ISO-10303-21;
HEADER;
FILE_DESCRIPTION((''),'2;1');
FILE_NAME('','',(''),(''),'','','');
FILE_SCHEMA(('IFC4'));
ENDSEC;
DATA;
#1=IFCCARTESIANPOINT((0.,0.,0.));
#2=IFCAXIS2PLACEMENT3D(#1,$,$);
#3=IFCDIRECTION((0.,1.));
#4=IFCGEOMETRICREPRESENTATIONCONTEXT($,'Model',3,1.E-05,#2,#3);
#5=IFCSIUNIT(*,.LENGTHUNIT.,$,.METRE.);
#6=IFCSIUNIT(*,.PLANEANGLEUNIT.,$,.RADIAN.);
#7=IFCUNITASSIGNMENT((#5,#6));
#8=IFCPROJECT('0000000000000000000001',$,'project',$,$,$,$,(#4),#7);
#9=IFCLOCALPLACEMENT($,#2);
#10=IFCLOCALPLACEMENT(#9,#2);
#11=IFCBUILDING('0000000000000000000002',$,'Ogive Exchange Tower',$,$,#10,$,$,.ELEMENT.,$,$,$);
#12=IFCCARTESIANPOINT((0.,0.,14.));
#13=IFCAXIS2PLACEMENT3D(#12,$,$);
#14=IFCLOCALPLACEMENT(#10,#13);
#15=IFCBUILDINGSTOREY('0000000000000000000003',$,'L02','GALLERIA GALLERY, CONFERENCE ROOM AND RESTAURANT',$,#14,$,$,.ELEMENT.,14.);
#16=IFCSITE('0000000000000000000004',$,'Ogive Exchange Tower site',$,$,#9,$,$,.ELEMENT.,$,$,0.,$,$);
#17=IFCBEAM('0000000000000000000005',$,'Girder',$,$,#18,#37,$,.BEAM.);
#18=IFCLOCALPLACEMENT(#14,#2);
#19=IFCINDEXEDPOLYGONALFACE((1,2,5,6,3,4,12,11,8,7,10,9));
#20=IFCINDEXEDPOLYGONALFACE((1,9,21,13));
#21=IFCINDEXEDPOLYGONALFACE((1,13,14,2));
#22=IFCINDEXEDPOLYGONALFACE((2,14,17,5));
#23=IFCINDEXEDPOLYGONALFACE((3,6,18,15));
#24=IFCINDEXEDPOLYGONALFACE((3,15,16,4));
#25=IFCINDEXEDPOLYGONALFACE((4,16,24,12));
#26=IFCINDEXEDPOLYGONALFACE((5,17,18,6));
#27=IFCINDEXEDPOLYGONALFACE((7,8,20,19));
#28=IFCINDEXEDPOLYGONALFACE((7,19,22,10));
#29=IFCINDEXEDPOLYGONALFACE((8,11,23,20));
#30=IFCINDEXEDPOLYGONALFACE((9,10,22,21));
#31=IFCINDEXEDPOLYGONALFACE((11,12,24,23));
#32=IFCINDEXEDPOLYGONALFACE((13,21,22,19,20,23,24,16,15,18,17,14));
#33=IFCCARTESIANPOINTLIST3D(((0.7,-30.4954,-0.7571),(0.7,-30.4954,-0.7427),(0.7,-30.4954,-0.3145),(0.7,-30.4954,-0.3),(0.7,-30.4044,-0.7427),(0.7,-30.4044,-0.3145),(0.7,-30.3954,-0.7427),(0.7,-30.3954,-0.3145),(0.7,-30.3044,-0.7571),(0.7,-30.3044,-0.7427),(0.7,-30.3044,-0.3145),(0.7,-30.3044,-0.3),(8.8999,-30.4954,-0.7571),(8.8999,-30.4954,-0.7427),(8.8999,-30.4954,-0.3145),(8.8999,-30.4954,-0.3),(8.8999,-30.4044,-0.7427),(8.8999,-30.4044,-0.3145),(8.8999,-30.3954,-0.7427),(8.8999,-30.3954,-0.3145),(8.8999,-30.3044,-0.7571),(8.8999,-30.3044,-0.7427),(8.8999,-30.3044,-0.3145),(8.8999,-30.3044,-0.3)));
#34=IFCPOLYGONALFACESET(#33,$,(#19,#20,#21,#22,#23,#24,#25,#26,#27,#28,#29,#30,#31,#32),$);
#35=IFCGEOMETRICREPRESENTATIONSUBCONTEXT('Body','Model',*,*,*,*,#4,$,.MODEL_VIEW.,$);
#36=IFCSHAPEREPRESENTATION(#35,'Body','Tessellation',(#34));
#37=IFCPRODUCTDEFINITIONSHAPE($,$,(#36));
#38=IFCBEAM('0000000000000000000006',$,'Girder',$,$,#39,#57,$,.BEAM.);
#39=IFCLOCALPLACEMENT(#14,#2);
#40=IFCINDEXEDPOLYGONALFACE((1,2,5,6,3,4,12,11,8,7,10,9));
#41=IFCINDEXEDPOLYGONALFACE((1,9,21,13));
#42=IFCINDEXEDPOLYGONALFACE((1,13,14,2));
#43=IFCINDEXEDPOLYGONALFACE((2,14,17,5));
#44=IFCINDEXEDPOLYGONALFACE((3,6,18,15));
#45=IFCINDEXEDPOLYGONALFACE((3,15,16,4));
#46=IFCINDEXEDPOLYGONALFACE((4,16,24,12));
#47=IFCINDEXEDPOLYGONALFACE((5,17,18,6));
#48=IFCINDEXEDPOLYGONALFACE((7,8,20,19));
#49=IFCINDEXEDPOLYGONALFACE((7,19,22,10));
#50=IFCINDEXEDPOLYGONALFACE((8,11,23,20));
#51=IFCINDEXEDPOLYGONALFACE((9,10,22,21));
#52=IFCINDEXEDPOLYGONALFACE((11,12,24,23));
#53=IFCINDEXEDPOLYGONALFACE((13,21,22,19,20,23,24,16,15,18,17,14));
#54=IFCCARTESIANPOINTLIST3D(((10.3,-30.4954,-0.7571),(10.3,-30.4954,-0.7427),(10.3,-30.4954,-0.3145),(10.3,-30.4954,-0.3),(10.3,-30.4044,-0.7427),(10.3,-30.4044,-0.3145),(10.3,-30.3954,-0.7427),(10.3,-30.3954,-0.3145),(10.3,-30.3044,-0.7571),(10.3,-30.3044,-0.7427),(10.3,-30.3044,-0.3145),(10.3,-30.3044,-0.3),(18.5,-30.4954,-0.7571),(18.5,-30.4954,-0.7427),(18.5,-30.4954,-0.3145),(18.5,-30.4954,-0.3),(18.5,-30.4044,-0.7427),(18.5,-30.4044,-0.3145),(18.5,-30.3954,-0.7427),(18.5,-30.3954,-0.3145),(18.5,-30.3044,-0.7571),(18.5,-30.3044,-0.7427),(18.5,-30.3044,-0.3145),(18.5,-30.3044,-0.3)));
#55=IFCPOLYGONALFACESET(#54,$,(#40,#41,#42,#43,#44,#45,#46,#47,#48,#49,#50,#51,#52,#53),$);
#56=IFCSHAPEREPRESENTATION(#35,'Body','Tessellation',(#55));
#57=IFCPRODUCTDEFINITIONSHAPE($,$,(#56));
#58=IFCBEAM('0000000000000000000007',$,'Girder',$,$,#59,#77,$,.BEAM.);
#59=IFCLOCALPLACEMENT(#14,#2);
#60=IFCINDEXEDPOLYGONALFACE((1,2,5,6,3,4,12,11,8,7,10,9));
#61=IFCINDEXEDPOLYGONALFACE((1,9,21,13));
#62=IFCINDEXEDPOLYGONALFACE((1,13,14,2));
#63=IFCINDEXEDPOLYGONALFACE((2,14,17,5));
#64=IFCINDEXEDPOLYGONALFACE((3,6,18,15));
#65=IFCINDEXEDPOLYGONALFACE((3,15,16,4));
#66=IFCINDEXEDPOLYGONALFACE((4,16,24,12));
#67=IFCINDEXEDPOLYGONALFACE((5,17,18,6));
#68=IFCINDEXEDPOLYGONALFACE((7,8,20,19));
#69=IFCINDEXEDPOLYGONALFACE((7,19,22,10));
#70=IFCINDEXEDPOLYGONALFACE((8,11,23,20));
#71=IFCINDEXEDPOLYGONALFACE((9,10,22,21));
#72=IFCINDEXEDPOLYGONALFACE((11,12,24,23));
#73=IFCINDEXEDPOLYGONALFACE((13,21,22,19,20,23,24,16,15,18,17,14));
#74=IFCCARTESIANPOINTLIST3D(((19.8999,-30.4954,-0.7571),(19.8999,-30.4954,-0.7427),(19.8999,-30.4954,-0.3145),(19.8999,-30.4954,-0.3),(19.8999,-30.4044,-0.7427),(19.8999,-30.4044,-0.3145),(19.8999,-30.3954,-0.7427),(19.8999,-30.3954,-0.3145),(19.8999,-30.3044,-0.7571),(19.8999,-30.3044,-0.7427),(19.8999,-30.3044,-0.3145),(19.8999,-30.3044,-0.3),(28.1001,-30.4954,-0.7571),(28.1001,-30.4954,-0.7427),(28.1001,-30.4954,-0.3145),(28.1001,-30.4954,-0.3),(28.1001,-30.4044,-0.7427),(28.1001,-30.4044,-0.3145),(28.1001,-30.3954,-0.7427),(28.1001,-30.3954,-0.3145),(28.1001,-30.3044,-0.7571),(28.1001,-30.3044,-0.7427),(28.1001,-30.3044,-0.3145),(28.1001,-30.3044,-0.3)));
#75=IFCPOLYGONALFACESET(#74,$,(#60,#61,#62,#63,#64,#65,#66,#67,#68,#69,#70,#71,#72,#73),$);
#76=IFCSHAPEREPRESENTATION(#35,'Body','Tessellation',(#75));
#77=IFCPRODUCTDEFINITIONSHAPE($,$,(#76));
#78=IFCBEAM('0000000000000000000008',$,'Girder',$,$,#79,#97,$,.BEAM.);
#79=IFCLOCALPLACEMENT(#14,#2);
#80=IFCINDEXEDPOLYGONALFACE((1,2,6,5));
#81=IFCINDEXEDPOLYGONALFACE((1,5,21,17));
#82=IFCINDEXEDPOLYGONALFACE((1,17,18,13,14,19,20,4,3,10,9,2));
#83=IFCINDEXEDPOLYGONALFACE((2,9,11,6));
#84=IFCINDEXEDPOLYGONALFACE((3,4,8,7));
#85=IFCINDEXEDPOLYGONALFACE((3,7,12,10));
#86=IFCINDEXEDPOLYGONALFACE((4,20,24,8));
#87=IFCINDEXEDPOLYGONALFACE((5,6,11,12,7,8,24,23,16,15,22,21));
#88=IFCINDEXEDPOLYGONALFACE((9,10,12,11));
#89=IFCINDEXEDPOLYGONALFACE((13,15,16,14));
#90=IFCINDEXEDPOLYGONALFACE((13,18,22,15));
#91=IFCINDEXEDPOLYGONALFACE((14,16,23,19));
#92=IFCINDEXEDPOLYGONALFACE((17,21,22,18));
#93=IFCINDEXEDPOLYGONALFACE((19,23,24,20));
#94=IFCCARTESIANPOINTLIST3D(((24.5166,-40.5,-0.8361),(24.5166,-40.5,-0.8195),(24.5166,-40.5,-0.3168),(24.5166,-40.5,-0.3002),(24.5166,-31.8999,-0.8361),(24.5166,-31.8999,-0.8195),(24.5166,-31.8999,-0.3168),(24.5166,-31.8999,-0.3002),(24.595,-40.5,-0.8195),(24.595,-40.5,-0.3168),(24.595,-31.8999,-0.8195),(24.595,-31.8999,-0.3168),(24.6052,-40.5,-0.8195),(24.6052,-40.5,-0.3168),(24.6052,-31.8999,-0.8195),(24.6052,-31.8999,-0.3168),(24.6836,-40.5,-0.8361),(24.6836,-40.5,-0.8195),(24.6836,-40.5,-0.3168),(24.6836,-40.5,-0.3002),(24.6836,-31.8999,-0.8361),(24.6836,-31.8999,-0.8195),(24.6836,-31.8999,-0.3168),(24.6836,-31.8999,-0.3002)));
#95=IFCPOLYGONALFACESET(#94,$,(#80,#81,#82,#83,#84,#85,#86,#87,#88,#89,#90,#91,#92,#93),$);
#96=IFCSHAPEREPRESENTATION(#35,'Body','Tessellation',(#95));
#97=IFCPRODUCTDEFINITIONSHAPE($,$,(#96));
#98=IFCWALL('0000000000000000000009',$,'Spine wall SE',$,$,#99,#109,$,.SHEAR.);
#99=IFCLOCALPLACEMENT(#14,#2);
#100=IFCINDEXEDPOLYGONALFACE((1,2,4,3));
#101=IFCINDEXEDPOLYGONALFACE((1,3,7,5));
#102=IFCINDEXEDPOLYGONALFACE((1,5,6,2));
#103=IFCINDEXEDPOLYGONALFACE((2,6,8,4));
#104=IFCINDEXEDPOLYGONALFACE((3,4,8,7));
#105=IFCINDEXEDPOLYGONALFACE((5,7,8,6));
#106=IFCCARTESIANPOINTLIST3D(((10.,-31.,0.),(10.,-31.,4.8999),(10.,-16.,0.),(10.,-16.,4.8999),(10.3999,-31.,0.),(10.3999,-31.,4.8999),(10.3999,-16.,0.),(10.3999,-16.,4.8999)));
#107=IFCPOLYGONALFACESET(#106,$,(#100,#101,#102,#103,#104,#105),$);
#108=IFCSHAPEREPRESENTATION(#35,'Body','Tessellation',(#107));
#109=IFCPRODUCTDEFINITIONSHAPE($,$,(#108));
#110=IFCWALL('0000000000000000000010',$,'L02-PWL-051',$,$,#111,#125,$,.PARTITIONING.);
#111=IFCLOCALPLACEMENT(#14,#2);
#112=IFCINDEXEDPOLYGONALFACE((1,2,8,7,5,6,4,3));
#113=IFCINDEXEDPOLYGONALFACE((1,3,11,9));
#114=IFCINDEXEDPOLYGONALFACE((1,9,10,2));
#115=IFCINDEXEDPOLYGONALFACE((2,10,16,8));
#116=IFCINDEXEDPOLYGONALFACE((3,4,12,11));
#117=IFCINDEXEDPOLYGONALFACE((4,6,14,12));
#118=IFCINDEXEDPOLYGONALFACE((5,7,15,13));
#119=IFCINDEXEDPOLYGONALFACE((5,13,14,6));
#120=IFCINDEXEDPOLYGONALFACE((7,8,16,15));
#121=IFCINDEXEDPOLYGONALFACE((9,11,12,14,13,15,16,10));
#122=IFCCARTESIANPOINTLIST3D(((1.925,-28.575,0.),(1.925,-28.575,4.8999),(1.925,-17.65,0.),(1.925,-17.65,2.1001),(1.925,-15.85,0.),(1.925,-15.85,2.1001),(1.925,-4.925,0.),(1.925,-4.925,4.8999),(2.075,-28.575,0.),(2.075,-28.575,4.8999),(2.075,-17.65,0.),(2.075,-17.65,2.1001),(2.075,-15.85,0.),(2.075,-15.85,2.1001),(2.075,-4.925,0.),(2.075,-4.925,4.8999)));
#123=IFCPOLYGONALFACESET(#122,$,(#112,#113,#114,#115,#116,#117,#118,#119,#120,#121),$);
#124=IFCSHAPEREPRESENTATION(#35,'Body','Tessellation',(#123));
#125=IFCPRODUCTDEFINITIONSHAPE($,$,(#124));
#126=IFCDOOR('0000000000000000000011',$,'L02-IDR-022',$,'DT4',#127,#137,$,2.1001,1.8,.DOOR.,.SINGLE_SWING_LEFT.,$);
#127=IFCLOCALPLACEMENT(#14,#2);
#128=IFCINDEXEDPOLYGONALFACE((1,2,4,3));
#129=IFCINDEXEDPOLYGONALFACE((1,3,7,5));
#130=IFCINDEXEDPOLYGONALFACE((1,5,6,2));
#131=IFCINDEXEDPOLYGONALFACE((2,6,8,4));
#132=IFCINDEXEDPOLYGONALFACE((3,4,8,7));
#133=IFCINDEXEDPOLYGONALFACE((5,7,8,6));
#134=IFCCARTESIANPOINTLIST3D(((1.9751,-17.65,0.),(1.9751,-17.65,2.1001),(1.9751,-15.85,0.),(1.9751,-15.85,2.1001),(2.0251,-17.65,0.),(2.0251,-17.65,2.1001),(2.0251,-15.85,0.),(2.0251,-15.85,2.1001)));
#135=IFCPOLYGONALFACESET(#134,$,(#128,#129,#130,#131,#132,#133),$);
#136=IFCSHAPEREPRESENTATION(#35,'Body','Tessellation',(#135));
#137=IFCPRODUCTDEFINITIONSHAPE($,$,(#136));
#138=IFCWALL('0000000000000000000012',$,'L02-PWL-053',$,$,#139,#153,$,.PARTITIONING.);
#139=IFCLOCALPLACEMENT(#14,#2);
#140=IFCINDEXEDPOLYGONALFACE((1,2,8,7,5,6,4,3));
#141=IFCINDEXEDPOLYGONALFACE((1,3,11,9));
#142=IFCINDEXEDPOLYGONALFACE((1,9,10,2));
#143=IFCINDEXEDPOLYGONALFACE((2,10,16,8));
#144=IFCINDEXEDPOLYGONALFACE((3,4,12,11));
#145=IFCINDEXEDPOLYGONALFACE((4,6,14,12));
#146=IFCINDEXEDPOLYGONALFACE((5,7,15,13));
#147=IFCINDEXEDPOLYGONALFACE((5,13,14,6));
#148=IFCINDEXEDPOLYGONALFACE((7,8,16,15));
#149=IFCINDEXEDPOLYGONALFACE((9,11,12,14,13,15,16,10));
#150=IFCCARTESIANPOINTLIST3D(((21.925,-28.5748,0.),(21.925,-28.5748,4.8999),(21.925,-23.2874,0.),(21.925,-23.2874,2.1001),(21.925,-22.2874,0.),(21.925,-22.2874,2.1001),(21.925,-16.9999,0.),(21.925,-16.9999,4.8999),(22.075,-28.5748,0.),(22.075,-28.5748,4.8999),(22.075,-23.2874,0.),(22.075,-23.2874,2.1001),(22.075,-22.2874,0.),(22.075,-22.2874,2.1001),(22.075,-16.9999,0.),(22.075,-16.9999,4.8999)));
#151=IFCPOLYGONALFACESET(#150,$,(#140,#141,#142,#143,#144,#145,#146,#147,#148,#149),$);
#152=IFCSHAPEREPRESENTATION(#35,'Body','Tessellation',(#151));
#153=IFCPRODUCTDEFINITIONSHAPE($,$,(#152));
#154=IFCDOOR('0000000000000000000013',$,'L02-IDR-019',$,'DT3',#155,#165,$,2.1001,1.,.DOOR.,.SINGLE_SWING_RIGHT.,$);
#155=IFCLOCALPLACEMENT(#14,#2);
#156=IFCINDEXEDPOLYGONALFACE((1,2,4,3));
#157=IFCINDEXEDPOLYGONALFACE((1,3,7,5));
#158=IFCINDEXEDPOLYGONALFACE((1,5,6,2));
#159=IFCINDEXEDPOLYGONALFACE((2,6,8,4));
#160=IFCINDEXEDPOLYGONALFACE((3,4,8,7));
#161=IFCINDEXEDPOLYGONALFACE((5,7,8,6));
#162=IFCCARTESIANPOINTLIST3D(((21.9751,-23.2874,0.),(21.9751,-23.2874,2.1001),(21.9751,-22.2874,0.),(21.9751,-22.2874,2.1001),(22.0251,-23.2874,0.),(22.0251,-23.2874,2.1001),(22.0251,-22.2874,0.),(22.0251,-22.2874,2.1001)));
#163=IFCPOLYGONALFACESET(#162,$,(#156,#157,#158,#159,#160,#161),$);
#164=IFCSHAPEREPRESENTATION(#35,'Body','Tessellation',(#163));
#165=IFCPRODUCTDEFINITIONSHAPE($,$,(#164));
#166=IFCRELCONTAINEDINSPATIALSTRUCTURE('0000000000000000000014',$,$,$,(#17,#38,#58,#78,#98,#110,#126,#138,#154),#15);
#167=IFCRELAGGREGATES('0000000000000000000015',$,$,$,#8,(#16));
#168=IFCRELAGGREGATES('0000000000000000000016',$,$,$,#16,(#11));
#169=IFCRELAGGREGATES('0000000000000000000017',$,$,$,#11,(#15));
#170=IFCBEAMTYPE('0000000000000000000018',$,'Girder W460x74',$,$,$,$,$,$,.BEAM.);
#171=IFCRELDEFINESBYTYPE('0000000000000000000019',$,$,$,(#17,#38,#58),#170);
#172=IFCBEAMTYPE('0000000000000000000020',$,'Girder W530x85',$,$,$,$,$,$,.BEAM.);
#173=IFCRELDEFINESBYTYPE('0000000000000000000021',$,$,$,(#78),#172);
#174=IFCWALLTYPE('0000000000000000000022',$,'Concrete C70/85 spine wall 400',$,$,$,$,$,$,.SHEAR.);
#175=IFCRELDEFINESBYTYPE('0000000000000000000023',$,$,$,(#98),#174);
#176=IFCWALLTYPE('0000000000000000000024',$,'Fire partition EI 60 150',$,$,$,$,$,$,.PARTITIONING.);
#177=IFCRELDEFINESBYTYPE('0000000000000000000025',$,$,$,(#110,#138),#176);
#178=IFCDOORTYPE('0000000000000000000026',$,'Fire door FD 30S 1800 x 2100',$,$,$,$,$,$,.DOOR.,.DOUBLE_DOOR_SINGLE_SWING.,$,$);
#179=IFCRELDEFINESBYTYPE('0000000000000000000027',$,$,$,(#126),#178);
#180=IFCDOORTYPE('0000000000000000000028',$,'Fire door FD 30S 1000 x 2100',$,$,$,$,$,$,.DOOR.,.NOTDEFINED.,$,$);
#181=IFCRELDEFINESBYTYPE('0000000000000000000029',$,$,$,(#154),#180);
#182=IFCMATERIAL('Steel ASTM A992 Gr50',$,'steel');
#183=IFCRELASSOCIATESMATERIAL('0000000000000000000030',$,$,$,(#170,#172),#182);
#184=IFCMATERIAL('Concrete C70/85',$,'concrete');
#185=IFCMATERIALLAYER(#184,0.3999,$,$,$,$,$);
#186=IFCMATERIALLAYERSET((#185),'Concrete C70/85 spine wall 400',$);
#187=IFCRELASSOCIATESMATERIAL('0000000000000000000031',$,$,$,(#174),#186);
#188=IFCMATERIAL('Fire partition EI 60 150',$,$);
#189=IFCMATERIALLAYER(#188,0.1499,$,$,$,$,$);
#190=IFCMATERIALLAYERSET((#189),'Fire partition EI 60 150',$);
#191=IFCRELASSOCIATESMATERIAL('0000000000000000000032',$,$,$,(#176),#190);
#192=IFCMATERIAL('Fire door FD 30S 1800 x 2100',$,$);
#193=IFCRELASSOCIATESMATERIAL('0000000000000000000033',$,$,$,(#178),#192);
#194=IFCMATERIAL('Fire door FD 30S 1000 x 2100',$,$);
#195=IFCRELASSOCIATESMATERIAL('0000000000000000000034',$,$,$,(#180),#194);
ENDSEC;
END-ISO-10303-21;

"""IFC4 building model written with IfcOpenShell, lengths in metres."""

from ifc_helpers import new_model, si_unit, direction, frame, frame_2d, origin, origin_2d, place, context, subcontext, project, spatial, rectangle, i_section, extrude, material, layer, layer_set, material_profile, profile_set, type_object, element, fill, save


model = new_model("IFC4")

# Units and contexts
model_context = context("Model", 3, precision=1e-05, world=origin(), true_north=direction((0.0, 1.0)))
body_context = subcontext(model_context, "Body", "Model", "MODEL_VIEW")
ifc_project = project(units=[si_unit("LENGTHUNIT", "METRE"), si_unit("PLANEANGLEUNIT", "RADIAN")], contexts=[model_context])

# Site, building, storey
site_placement = place(None, origin())
site = spatial("IfcSite", under=ifc_project, at=site_placement, Name="Ogive Exchange Tower site", CompositionType="ELEMENT", RefElevation=0.0)
building_placement = place(site_placement, origin())
building = spatial("IfcBuilding", under=site, at=building_placement, Name="Ogive Exchange Tower", CompositionType="ELEMENT")
storey_placement = place(building_placement, frame((0.0, 0.0, 14.0)))
storey = spatial("IfcBuildingStorey", under=building, at=storey_placement, Name="L02", Description="GALLERIA GALLERY, CONFERENCE ROOM AND RESTAURANT", CompositionType="ELEMENT", Elevation=14.0)

# Shared definitions
ifc_material_1 = material(Name="Concrete C70/85", Category="concrete")

# Beams
ifc_material_2 = material(Name="Steel ASTM A992 Gr50", Category="steel")
ifc_material_profile_1 = material_profile(ifc_material_2, i_section(OverallWidth=0.1909, OverallDepth=0.457, WebThickness=0.009, FlangeThickness=0.0144, at=origin_2d()), Name="W460x74")
ifc_profile_set_1 = profile_set([ifc_material_profile_1], Name="Steel ASTM A992 Gr50")
beam_type_1 = type_object("IfcBeamType", Name="Girder W460x74", PredefinedType="BEAM", material=ifc_profile_set_1)
for number, where, z_axis, x_axis, name in (
    (1, (0.7, -30.3999, -0.5286), (1.0, 0.0, 0.0), (0.0, 1.0, 0.0), "Girder"),
    (2, (10.3, -30.3999, -0.5286), (1.0, 0.0, 0.0), (0.0, 1.0, 0.0), "Girder"),
):
    element("IfcBeam", number, at=place(storey_placement, frame(where, z_axis=z_axis, x_axis=x_axis)), inside=storey, type_object=beam_type_1, Name=name, PredefinedType="BEAM", context=body_context, shape_type="SweptSolid", body=[
        extrude(i_section(OverallWidth=0.1909, OverallDepth=0.457, WebThickness=0.009, FlangeThickness=0.0144, at=origin_2d()), origin(), (0.0, 0.0, 1.0), 8.2),
    ])
beam_1_placement = place(storey_placement, frame((19.8999, -30.3999, -0.5286), z_axis=(1.0, 0.0, 0.0), x_axis=(0.0, 1.0, 0.0)))
element("IfcBeam", 3, at=beam_1_placement, inside=storey, type_object=beam_type_1, Name="Girder", PredefinedType="BEAM", context=body_context, shape_type="SweptSolid", body=[
    extrude(i_section(OverallWidth=0.1909, OverallDepth=0.457, WebThickness=0.009, FlangeThickness=0.0144, at=origin_2d()), origin(), (0.0, 0.0, 1.0), 8.2002),
])
ifc_material_profile_2 = material_profile(ifc_material_2, i_section(OverallWidth=0.167, OverallDepth=0.5359, WebThickness=0.0103, FlangeThickness=0.0166, at=origin_2d()), Name="W530x85")
ifc_profile_set_2 = profile_set([ifc_material_profile_2], Name="Steel ASTM A992 Gr50")
beam_type_2 = type_object("IfcBeamType", Name="Girder W530x85", PredefinedType="BEAM", material=ifc_profile_set_2)
beam_2_placement = place(storey_placement, frame((24.6001, -40.5, -0.5681), z_axis=(0.0, 1.0, 0.0), x_axis=(-1.0, 0.0, 0.0)))
element("IfcBeam", 4, at=beam_2_placement, inside=storey, type_object=beam_type_2, Name="Girder", PredefinedType="BEAM", context=body_context, shape_type="SweptSolid", body=[
    extrude(i_section(OverallWidth=0.167, OverallDepth=0.5359, WebThickness=0.0103, FlangeThickness=0.0166, at=origin_2d()), origin(), (0.0, 0.0, 1.0), 8.6001),
])

# Wall
ifc_layer_1 = layer(ifc_material_1, 0.3999)
ifc_layer_set_1 = layer_set([ifc_layer_1], Name="Concrete C70/85 spine wall 400")
wall_type_1 = type_object("IfcWallType", Name="Concrete C70/85 spine wall 400", PredefinedType="SHEAR", material=ifc_layer_set_1)
wall_1_placement = place(storey_placement, frame((10.2, -31.0, 0.0), z_axis=(0.0, 0.0, 1.0), x_axis=(0.0, 1.0, 0.0)))
element("IfcWall", 5, at=wall_1_placement, inside=storey, type_object=wall_type_1, Name="Spine wall SE", PredefinedType="SHEAR", context=body_context, shape_type="SweptSolid", body=[
    extrude(rectangle(XDim=15.0, YDim=0.3999, at=frame_2d((7.5, 0.0))), origin(), (0.0, 0.0, 1.0), 4.8999),
])

# Walls, openings, doors
ifc_material_3 = material(Name="Fire partition EI 60 150")
ifc_layer_2 = layer(ifc_material_3, 0.1499)
ifc_layer_set_2 = layer_set([ifc_layer_2], Name="Fire partition EI 60 150")
wall_type_2 = type_object("IfcWallType", Name="Fire partition EI 60 150", PredefinedType="PARTITIONING", material=ifc_layer_set_2)
wall_2_placement = place(storey_placement, frame((2.0, -28.575, 0.0), z_axis=(0.0, 0.0, 1.0), x_axis=(0.0, 1.0, 0.0)))
wall_2 = element("IfcWall", 6, at=wall_2_placement, inside=storey, type_object=wall_type_2, Name="L02-PWL-051", PredefinedType="PARTITIONING", context=body_context, shape_type="SweptSolid", body=[
    extrude(rectangle(XDim=23.6499, YDim=0.1499, at=frame_2d((11.825, 0.0))), origin(), (0.0, 0.0, 1.0), 4.8999),
])
opening_1_placement = place(wall_2_placement, frame((10.925, 0.0, 0.0)))
opening_1 = element("IfcOpeningElement", 7, at=opening_1_placement, cuts=wall_2, PredefinedType="OPENING", context=body_context, shape_type="SweptSolid", body=[
    extrude(rectangle(XDim=1.8, YDim=2.1001, at=frame_2d((0.8999, 1.05))), frame((0.0, 0.085, 0.0), z_axis=(0.0, -1.0, 0.0), x_axis=(1.0, 0.0, 0.0)), (0.0, 0.0, 1.0), 0.1699),
])
ifc_material_4 = material(Name="Fire door FD 30S 1800 x 2100")
door_type_1 = type_object("IfcDoorType", Name="Fire door FD 30S 1800 x 2100", OperationType="DOUBLE_DOOR_SINGLE_SWING", PredefinedType="DOOR", material=ifc_material_4)
door_1_placement = place(opening_1_placement, origin())
door_1 = element("IfcDoor", 8, at=door_1_placement, inside=storey, type_object=door_type_1, Name="L02-IDR-022", ObjectType="DT4", OperationType="SINGLE_SWING_LEFT", OverallHeight=2.1001, OverallWidth=1.8, PredefinedType="DOOR", context=body_context, shape_type="SweptSolid", body=[
    extrude(rectangle(XDim=1.8, YDim=2.1001, at=frame_2d((0.8999, 1.05))), frame((0.0, 0.0249, 0.0), z_axis=(0.0, -1.0, 0.0), x_axis=(1.0, 0.0, 0.0)), (0.0, 0.0, 1.0), 0.05),
])
fill(opening_1, door_1)
wall_3_placement = place(storey_placement, frame((22.0, -28.575, 0.0), z_axis=(0.0, 0.0, 1.0), x_axis=(0.0, 1.0, 0.0)))
wall_3 = element("IfcWall", 9, at=wall_3_placement, inside=storey, type_object=wall_type_2, Name="L02-PWL-053", PredefinedType="PARTITIONING", context=body_context, shape_type="SweptSolid", body=[
    extrude(rectangle(XDim=11.575, YDim=0.1499, at=frame_2d((5.7876, 0.0))), origin(), (0.0, 0.0, 1.0), 4.8999),
])
opening_2_placement = place(wall_3_placement, frame((5.2876, 0.0, 0.0)))
opening_2 = element("IfcOpeningElement", 10, at=opening_2_placement, cuts=wall_3, PredefinedType="OPENING", context=body_context, shape_type="SweptSolid", body=[
    extrude(rectangle(XDim=1.0, YDim=2.1001, at=frame_2d((0.5, 1.05))), frame((0.0, 0.085, 0.0), z_axis=(0.0, -1.0, 0.0), x_axis=(1.0, 0.0, 0.0)), (0.0, 0.0, 1.0), 0.1699),
])
ifc_material_5 = material(Name="Fire door FD 30S 1000 x 2100")
door_type_2 = type_object("IfcDoorType", Name="Fire door FD 30S 1000 x 2100", OperationType="NOTDEFINED", PredefinedType="DOOR", material=ifc_material_5)
door_2_placement = place(opening_2_placement, origin())
door_2 = element("IfcDoor", 11, at=door_2_placement, inside=storey, type_object=door_type_2, Name="L02-IDR-019", ObjectType="DT3", OperationType="SINGLE_SWING_RIGHT", OverallHeight=2.1001, OverallWidth=1.0, PredefinedType="DOOR", context=body_context, shape_type="SweptSolid", body=[
    extrude(rectangle(XDim=1.0, YDim=2.1001, at=frame_2d((0.5, 1.05))), frame((0.0, 0.0249, 0.0), z_axis=(0.0, -1.0, 0.0), x_axis=(1.0, 0.0, 0.0)), (0.0, 0.0, 1.0), 0.05),
])
fill(opening_2, door_2)

save(model, "model.ifc")
